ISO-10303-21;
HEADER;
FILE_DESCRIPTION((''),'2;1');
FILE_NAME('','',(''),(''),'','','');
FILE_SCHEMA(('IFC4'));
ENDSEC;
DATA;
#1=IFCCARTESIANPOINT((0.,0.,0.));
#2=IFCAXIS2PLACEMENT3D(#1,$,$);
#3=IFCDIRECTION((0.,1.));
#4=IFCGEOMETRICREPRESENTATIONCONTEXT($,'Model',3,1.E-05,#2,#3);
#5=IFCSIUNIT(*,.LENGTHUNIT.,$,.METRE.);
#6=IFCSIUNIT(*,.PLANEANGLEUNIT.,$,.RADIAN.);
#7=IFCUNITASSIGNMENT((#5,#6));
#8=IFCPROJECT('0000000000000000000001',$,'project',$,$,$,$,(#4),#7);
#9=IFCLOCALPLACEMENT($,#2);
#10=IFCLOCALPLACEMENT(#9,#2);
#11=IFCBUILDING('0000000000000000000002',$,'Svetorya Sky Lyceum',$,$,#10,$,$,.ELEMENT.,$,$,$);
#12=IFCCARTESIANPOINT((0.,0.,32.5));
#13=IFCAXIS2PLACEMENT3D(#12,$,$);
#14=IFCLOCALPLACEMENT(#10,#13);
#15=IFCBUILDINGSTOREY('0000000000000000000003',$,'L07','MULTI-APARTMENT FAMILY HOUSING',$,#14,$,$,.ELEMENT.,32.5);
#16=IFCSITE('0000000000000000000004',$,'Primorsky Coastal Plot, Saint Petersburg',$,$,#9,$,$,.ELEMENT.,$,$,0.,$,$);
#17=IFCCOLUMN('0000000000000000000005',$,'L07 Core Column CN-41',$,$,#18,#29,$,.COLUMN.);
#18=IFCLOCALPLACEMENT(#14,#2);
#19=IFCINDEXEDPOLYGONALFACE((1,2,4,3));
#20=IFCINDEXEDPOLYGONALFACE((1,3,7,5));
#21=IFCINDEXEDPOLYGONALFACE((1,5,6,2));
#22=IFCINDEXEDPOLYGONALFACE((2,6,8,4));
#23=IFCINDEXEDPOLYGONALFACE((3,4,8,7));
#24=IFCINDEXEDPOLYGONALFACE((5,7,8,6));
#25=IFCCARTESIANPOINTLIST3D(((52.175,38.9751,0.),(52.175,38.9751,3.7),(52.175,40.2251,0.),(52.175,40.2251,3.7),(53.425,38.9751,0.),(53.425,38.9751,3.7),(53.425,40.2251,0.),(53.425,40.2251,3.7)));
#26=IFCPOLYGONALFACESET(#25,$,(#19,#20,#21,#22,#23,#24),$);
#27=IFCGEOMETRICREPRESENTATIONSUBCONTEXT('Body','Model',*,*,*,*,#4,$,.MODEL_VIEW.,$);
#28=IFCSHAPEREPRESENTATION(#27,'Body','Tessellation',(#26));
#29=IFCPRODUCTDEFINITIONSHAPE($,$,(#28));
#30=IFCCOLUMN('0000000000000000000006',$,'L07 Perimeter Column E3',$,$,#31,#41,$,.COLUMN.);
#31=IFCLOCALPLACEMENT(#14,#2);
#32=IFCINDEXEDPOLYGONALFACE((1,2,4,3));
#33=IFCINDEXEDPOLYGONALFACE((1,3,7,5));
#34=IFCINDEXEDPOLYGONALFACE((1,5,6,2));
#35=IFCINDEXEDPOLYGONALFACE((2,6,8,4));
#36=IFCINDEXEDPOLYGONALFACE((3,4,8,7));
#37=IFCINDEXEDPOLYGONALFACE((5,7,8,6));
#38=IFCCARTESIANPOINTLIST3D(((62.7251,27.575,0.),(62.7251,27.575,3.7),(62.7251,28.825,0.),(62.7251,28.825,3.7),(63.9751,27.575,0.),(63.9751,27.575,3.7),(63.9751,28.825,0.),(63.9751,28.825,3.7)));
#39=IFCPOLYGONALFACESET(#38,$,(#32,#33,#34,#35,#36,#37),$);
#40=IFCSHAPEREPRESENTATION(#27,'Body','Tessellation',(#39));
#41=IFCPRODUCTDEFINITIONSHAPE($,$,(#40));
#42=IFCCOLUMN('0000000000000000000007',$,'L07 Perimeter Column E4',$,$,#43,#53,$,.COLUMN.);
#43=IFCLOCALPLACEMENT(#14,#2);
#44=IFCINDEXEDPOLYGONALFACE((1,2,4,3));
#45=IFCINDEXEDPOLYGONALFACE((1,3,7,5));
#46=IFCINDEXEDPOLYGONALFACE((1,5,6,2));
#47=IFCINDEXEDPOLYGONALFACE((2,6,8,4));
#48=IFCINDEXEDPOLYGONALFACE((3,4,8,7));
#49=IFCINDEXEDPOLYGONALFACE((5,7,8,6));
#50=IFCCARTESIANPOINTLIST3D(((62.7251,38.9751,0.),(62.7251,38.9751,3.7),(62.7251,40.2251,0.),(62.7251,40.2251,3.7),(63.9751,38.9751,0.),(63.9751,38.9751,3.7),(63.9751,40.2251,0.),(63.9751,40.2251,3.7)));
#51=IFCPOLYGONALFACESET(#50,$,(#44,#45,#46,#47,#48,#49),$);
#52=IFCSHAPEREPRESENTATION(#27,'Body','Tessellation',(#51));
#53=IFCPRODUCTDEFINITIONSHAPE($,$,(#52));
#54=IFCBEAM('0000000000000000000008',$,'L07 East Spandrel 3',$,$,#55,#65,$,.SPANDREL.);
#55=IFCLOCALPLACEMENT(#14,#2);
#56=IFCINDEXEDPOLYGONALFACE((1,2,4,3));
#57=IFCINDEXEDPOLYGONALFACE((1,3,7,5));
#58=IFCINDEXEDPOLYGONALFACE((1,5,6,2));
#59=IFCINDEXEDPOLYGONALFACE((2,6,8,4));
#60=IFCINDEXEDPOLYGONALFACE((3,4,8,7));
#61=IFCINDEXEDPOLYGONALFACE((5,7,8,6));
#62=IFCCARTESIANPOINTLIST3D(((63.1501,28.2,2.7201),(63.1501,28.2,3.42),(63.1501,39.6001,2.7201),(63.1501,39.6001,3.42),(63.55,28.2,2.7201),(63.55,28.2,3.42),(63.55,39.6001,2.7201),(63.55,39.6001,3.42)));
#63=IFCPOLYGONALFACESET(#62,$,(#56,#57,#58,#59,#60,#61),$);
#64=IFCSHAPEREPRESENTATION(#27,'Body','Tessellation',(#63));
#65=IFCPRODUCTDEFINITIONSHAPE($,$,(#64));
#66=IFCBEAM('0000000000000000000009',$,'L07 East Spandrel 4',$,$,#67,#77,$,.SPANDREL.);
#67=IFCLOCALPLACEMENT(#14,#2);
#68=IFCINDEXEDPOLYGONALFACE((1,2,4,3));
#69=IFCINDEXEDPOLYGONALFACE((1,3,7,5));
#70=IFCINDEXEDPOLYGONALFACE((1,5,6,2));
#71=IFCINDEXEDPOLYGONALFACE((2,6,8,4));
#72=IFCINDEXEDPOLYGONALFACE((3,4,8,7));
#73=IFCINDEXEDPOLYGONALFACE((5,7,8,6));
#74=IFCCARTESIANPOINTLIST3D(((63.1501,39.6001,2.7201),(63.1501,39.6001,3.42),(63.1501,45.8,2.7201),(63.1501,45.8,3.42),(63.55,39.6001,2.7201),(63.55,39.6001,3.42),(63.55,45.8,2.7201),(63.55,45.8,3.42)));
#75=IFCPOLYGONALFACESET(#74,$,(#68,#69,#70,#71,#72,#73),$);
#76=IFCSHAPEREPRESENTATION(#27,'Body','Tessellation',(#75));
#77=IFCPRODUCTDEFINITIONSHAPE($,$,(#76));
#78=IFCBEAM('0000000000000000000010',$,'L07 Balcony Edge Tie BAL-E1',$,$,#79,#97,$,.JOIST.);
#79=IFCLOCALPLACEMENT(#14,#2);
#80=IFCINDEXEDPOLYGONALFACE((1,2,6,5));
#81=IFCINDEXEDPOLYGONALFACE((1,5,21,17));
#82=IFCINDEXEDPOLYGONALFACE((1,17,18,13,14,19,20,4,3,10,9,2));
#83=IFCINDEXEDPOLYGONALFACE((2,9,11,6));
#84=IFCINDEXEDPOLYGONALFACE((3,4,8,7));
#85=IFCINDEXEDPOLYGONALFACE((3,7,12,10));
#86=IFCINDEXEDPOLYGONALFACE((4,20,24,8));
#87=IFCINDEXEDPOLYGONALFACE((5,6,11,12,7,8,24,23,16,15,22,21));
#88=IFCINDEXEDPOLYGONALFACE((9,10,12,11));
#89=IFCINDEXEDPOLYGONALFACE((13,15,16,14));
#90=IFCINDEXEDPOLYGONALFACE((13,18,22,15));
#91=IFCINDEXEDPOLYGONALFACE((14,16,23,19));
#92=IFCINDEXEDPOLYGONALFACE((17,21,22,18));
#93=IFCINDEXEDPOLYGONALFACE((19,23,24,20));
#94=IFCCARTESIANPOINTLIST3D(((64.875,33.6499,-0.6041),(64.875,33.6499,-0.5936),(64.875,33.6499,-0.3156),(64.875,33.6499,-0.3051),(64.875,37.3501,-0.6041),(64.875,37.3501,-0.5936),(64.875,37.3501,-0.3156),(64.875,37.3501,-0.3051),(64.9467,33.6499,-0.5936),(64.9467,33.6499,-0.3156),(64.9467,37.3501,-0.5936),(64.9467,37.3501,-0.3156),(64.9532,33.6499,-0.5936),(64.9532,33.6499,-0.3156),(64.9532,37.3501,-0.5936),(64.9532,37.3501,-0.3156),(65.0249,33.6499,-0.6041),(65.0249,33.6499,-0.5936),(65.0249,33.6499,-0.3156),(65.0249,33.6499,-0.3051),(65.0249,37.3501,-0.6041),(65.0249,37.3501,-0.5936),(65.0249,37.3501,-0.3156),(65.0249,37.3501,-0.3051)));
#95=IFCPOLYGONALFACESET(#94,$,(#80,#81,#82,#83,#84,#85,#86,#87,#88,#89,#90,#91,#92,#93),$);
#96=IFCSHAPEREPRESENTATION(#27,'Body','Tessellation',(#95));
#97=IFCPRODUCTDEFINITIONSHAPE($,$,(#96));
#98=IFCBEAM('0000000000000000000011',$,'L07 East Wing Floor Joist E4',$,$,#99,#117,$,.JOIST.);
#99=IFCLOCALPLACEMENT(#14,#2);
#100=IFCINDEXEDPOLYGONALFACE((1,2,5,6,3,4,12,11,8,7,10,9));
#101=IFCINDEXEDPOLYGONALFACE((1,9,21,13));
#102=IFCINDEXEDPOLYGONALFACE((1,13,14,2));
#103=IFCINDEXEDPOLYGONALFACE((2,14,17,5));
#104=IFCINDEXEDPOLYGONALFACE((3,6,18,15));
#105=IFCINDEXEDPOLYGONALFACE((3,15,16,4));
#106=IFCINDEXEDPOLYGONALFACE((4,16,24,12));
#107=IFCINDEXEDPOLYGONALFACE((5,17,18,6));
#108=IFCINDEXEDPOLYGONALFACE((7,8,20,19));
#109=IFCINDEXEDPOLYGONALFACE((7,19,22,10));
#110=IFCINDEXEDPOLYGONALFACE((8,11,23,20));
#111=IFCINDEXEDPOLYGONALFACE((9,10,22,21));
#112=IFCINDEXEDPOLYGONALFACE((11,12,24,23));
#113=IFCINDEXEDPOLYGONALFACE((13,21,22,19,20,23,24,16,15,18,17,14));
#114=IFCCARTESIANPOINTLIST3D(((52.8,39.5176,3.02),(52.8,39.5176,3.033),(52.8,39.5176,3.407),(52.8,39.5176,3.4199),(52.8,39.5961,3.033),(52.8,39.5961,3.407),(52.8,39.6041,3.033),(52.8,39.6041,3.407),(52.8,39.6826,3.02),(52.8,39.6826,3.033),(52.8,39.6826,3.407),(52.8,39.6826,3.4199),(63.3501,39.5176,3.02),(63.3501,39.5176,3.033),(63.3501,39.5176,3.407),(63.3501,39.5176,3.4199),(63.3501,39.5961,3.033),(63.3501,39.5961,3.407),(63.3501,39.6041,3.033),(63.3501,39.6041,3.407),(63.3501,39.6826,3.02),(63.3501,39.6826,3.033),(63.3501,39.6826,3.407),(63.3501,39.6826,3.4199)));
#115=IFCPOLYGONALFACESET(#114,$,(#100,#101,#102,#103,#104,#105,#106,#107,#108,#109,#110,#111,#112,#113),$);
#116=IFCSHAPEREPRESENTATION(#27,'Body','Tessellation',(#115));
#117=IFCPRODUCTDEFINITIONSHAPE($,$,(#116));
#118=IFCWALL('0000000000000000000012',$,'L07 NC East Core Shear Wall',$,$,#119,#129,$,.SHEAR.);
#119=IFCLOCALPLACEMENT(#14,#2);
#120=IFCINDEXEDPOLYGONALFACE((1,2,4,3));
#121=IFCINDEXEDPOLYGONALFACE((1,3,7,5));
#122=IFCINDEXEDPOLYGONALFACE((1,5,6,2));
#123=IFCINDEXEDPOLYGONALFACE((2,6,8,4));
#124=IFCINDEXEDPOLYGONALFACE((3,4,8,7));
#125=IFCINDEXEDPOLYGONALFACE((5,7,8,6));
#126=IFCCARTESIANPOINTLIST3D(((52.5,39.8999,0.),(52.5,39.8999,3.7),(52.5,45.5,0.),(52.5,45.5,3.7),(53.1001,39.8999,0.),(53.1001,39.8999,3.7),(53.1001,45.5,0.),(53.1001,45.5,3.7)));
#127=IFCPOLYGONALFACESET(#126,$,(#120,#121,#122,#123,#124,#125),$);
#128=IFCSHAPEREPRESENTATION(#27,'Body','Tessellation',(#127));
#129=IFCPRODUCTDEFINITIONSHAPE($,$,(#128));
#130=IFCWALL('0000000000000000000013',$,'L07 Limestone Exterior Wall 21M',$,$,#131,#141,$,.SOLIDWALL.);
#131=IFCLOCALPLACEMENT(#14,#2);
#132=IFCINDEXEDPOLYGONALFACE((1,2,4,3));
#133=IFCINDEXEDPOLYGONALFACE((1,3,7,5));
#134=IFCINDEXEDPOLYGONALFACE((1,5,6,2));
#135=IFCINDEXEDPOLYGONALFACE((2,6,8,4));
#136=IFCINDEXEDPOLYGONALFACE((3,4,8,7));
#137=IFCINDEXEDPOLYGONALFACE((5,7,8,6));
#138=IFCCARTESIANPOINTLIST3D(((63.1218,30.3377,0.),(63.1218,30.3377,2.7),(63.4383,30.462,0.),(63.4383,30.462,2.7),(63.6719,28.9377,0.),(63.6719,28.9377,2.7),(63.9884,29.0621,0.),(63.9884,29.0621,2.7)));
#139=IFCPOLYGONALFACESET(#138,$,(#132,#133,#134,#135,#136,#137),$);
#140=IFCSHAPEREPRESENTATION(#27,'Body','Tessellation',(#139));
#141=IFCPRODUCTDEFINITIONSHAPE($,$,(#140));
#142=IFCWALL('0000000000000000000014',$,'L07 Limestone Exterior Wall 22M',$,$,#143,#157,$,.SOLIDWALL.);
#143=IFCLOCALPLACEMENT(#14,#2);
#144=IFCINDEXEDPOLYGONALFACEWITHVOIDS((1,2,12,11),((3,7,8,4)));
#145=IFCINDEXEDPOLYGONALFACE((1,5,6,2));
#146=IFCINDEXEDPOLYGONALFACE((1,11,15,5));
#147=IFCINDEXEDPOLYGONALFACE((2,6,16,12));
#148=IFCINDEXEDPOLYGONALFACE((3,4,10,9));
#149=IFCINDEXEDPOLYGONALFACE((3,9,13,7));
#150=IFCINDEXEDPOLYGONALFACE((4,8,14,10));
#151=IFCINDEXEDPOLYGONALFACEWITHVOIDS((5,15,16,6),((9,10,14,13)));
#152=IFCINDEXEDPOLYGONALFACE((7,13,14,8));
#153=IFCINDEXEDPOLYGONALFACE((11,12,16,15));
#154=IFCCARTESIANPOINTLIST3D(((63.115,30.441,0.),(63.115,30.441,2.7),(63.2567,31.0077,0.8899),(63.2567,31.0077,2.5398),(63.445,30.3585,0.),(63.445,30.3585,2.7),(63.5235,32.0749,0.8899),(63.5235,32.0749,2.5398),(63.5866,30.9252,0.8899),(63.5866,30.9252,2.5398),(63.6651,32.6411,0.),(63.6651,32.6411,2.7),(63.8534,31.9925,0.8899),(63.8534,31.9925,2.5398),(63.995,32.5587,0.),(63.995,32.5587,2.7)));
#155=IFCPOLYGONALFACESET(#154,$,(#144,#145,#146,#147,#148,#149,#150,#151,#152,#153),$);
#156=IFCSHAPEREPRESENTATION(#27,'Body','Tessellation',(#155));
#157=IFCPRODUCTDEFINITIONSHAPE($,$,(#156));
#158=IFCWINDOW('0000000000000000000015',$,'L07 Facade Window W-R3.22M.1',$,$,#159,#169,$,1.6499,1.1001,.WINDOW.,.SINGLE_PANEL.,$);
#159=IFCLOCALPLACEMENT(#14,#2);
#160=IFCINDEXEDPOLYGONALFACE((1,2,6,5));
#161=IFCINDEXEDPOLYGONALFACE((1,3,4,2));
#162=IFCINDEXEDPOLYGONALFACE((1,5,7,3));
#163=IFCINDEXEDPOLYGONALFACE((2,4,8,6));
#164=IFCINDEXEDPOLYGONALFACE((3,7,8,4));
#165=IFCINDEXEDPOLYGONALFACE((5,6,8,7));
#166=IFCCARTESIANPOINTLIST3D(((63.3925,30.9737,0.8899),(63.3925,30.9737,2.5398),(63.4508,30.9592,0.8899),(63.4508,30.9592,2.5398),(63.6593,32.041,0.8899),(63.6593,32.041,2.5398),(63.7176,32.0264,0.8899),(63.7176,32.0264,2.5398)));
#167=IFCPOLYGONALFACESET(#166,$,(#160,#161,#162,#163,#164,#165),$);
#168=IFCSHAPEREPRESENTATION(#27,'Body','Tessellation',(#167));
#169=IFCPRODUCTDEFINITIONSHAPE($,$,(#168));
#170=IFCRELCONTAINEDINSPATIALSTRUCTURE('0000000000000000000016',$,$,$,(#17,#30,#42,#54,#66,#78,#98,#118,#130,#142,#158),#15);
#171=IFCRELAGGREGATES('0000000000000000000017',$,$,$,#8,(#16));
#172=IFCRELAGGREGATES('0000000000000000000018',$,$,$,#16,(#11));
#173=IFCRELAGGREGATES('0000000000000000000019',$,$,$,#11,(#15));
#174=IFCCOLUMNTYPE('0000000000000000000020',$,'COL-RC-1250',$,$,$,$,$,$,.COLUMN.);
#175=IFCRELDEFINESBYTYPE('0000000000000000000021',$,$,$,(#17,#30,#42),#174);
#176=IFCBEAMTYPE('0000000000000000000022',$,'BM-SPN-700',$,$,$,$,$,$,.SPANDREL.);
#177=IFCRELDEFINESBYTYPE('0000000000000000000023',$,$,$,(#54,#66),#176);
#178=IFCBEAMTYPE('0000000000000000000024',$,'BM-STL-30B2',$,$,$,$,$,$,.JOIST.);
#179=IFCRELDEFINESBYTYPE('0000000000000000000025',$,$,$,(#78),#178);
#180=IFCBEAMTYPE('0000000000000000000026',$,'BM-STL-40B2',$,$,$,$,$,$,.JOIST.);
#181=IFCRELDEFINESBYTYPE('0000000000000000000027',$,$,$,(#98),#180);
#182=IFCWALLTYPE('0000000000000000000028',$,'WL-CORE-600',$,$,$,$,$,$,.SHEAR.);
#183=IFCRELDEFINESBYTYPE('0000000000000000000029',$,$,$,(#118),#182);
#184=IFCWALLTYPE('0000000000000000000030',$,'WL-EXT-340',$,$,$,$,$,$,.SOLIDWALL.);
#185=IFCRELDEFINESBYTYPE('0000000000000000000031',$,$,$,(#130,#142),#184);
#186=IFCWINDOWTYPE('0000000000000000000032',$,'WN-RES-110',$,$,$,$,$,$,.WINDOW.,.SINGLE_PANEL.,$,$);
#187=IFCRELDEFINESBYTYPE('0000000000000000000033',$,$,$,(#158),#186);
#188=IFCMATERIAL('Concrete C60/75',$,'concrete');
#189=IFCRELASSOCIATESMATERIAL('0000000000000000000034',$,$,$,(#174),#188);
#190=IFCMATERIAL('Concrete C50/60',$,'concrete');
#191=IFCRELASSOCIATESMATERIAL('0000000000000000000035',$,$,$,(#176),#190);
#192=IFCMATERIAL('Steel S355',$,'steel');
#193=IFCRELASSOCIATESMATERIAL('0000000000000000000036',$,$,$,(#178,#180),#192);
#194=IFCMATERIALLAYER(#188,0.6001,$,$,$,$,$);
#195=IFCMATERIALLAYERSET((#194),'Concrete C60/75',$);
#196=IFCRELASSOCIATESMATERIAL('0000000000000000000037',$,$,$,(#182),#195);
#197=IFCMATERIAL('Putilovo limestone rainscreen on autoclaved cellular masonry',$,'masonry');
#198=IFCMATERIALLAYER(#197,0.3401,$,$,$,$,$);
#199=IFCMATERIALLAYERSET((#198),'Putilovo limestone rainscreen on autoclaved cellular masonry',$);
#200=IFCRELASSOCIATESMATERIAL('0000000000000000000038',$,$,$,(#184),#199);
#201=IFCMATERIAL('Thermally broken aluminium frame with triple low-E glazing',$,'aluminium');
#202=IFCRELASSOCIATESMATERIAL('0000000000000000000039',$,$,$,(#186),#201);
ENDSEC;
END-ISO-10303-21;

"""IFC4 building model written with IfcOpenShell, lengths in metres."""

from ifc_helpers import new_model, si_unit, direction, frame, frame_2d, origin, origin_2d, place, context, subcontext, project, spatial, rectangle, i_section, extrude, material, layer, layer_set, material_profile, profile_set, type_object, element, fill, save


model = new_model("IFC4")

# Units and contexts
model_context = context("Model", 3, precision=1e-05, world=origin(), true_north=direction((0.0, 1.0)))
body_context = subcontext(model_context, "Body", "Model", "MODEL_VIEW")
ifc_project = project(units=[si_unit("LENGTHUNIT", "METRE"), si_unit("PLANEANGLEUNIT", "RADIAN")], contexts=[model_context])

# Site, building, storey
site_placement = place(None, origin())
site = spatial("IfcSite", under=ifc_project, at=site_placement, Name="Primorsky Coastal Plot, Saint Petersburg", CompositionType="ELEMENT", RefElevation=0.0)
building_placement = place(site_placement, origin())
building = spatial("IfcBuilding", under=site, at=building_placement, Name="Svetorya Sky Lyceum", CompositionType="ELEMENT")
storey_placement = place(building_placement, frame((0.0, 0.0, 32.5)))
storey = spatial("IfcBuildingStorey", under=building, at=storey_placement, Name="L07", Description="MULTI-APARTMENT FAMILY HOUSING", CompositionType="ELEMENT", Elevation=32.5)

# Columns
ifc_material_1 = material(Name="Concrete C60/75", Category="concrete")
ifc_material_profile_1 = material_profile(ifc_material_1, rectangle(XDim=1.25, YDim=1.25, at=origin_2d()), Name="RC COL 1250x1250")
ifc_profile_set_1 = profile_set([ifc_material_profile_1], Name="Concrete C60/75")
column_type = type_object("IfcColumnType", Name="COL-RC-1250", PredefinedType="COLUMN", material=ifc_profile_set_1)
for number, where, z_axis, x_axis, name in (
    (1, (52.8, 39.6001, 0.0), (0.0, 0.0, 1.0), (1.0, 0.0, 0.0), "L07 Core Column CN-41"),
    (2, (63.3501, 28.2, 0.0), (0.0, 0.0, 1.0), (1.0, 0.0, 0.0), "L07 Perimeter Column E3"),
    (3, (63.3501, 39.6001, 0.0), (0.0, 0.0, 1.0), (1.0, 0.0, 0.0), "L07 Perimeter Column E4"),
):
    element("IfcColumn", number, at=place(storey_placement, frame(where, z_axis=z_axis, x_axis=x_axis)), inside=storey, type_object=column_type, Name=name, PredefinedType="COLUMN", context=body_context, shape_type="SweptSolid", body=[
        extrude(rectangle(XDim=1.25, YDim=1.25, at=origin_2d()), origin(), (0.0, 0.0, 1.0), 3.7),
    ])

# Beams
ifc_material_2 = material(Name="Concrete C50/60", Category="concrete")
ifc_material_profile_2 = material_profile(ifc_material_2, rectangle(XDim=0.3999, YDim=0.7, at=origin_2d()), Name="RC SPANDREL 400x700")
ifc_profile_set_2 = profile_set([ifc_material_profile_2], Name="Concrete C50/60")
beam_type_1 = type_object("IfcBeamType", Name="BM-SPN-700", PredefinedType="SPANDREL", material=ifc_profile_set_2)
beam_1_placement = place(storey_placement, frame((63.3501, 28.2, 3.0701), z_axis=(0.0, 1.0, 0.0), x_axis=(-1.0, 0.0, 0.0)))
element("IfcBeam", 4, at=beam_1_placement, inside=storey, type_object=beam_type_1, Name="L07 East Spandrel 3", PredefinedType="SPANDREL", context=body_context, shape_type="SweptSolid", body=[
    extrude(rectangle(XDim=0.3999, YDim=0.7, at=origin_2d()), origin(), (0.0, 0.0, 1.0), 11.4001),
])
beam_2_placement = place(storey_placement, frame((63.3501, 39.6001, 3.0701), z_axis=(0.0, 1.0, 0.0), x_axis=(-1.0, 0.0, 0.0)))
element("IfcBeam", 5, at=beam_2_placement, inside=storey, type_object=beam_type_1, Name="L07 East Spandrel 4", PredefinedType="SPANDREL", context=body_context, shape_type="SweptSolid", body=[
    extrude(rectangle(XDim=0.3999, YDim=0.7, at=origin_2d()), origin(), (0.0, 0.0, 1.0), 6.2),
])
ifc_material_3 = material(Name="Steel S355", Category="steel")
ifc_material_profile_3 = material_profile(ifc_material_3, i_section(OverallWidth=0.1499, OverallDepth=0.2991, WebThickness=0.0066, FlangeThickness=0.0105, at=origin_2d()), Name="GOST 30B2")
ifc_profile_set_3 = profile_set([ifc_material_profile_3], Name="Steel S355")
beam_type_2 = type_object("IfcBeamType", Name="BM-STL-30B2", PredefinedType="JOIST", material=ifc_profile_set_3)
beam_3_placement = place(storey_placement, frame((64.95, 33.6499, -0.4546), z_axis=(0.0, 1.0, 0.0), x_axis=(-1.0, 0.0, 0.0)))
element("IfcBeam", 6, at=beam_3_placement, inside=storey, type_object=beam_type_2, Name="L07 Balcony Edge Tie BAL-E1", PredefinedType="JOIST", context=body_context, shape_type="SweptSolid", body=[
    extrude(i_section(OverallWidth=0.1499, OverallDepth=0.2991, WebThickness=0.0066, FlangeThickness=0.0105, at=origin_2d()), origin(), (0.0, 0.0, 1.0), 3.7002),
])
ifc_material_profile_4 = material_profile(ifc_material_3, i_section(OverallWidth=0.165, OverallDepth=0.3999, WebThickness=0.0081, FlangeThickness=0.0129, at=origin_2d()), Name="GOST 40B2")
ifc_profile_set_4 = profile_set([ifc_material_profile_4], Name="Steel S355")
beam_type_3 = type_object("IfcBeamType", Name="BM-STL-40B2", PredefinedType="JOIST", material=ifc_profile_set_4)
beam_4_placement = place(storey_placement, frame((52.8, 39.6001, 3.22), z_axis=(1.0, 0.0, 0.0), x_axis=(0.0, 1.0, 0.0)))
element("IfcBeam", 7, at=beam_4_placement, inside=storey, type_object=beam_type_3, Name="L07 East Wing Floor Joist E4", PredefinedType="JOIST", context=body_context, shape_type="SweptSolid", body=[
    extrude(i_section(OverallWidth=0.165, OverallDepth=0.3999, WebThickness=0.0081, FlangeThickness=0.0129, at=origin_2d()), origin(), (0.0, 0.0, 1.0), 10.55),
])

# Walls
ifc_layer_1 = layer(ifc_material_1, 0.6001)
ifc_layer_set_1 = layer_set([ifc_layer_1], Name="Concrete C60/75")
wall_type_1 = type_object("IfcWallType", Name="WL-CORE-600", PredefinedType="SHEAR", material=ifc_layer_set_1)
wall_1_placement = place(storey_placement, frame((52.8, 39.8999, 0.0), z_axis=(0.0, 0.0, 1.0), x_axis=(0.0, 1.0, 0.0)))
element("IfcWall", 8, at=wall_1_placement, inside=storey, type_object=wall_type_1, Name="L07 NC East Core Shear Wall", PredefinedType="SHEAR", context=body_context, shape_type="SweptSolid", body=[
    extrude(rectangle(XDim=5.6001, YDim=0.6001, at=frame_2d((2.8, 0.0))), origin(), (0.0, 0.0, 1.0), 3.7),
])
ifc_material_4 = material(Name="Putilovo limestone rainscreen on autoclaved cellular masonry", Category="masonry")
ifc_layer_2 = layer(ifc_material_4, 0.3401)
ifc_layer_set_2 = layer_set([ifc_layer_2], Name="Putilovo limestone rainscreen on autoclaved cellular masonry")
wall_type_2 = type_object("IfcWallType", Name="WL-EXT-340", PredefinedType="SOLIDWALL", material=ifc_layer_set_2)
wall_2_placement = place(storey_placement, frame((63.8301, 29.0, 0.0), z_axis=(0.0, 0.0, 1.0), x_axis=(-0.365703, 0.930732, 0.0)))
element("IfcWall", 9, at=wall_2_placement, inside=storey, type_object=wall_type_2, Name="L07 Limestone Exterior Wall 21M", PredefinedType="SOLIDWALL", context=body_context, shape_type="SweptSolid", body=[
    extrude(rectangle(XDim=1.5042, YDim=0.3401, at=frame_2d((0.752, 0.0))), origin(), (0.0, 0.0, 1.0), 2.7),
])

# Wall, opening, window
wall_3_placement = place(storey_placement, frame((63.28, 30.3999, 0.0), z_axis=(0.0, 0.0, 1.0), x_axis=(0.242536, 0.970143, 0.0)))
wall_3 = element("IfcWall", 10, at=wall_3_placement, inside=storey, type_object=wall_type_2, Name="L07 Limestone Exterior Wall 22M", PredefinedType="SOLIDWALL", context=body_context, shape_type="SweptSolid", body=[
    extrude(rectangle(XDim=2.2678, YDim=0.3401, at=frame_2d((1.1338, 0.0))), origin(), (0.0, 0.0, 1.0), 2.7),
])
opening_1_placement = place(wall_3_placement, frame((0.584, 0.0, 0.8899)))
opening_1 = element("IfcOpeningElement", 11, at=opening_1_placement, cuts=wall_3, PredefinedType="OPENING", context=body_context, shape_type="SweptSolid", body=[
    extrude(rectangle(XDim=1.1001, YDim=1.6499, at=frame_2d((0.55, 0.825))), frame((0.0, 0.1799, 0.0), z_axis=(0.0, -1.0, 0.0), x_axis=(1.0, 0.0, 0.0)), (0.0, 0.0, 1.0), 0.3601),
])
ifc_material_5 = material(Name="Thermally broken aluminium frame with triple low-E glazing", Category="aluminium")
window_type_1 = type_object("IfcWindowType", Name="WN-RES-110", PartitioningType="SINGLE_PANEL", PredefinedType="WINDOW", material=ifc_material_5)
window_1_placement = place(opening_1_placement, origin())
window_1 = element("IfcWindow", 12, at=window_1_placement, inside=storey, type_object=window_type_1, Name="L07 Facade Window W-R3.22M.1", OverallHeight=1.6499, OverallWidth=1.1001, PartitioningType="SINGLE_PANEL", PredefinedType="WINDOW", context=body_context, shape_type="SweptSolid", body=[
    extrude(rectangle(XDim=1.1001, YDim=1.6499, at=frame_2d((0.55, 0.825))), frame((0.0, 0.03, 0.0), z_axis=(0.0, -1.0, 0.0), x_axis=(1.0, 0.0, 0.0)), (0.0, 0.0, 1.0), 0.0601),
])
fill(opening_1, window_1)

save(model, "model.ifc")
